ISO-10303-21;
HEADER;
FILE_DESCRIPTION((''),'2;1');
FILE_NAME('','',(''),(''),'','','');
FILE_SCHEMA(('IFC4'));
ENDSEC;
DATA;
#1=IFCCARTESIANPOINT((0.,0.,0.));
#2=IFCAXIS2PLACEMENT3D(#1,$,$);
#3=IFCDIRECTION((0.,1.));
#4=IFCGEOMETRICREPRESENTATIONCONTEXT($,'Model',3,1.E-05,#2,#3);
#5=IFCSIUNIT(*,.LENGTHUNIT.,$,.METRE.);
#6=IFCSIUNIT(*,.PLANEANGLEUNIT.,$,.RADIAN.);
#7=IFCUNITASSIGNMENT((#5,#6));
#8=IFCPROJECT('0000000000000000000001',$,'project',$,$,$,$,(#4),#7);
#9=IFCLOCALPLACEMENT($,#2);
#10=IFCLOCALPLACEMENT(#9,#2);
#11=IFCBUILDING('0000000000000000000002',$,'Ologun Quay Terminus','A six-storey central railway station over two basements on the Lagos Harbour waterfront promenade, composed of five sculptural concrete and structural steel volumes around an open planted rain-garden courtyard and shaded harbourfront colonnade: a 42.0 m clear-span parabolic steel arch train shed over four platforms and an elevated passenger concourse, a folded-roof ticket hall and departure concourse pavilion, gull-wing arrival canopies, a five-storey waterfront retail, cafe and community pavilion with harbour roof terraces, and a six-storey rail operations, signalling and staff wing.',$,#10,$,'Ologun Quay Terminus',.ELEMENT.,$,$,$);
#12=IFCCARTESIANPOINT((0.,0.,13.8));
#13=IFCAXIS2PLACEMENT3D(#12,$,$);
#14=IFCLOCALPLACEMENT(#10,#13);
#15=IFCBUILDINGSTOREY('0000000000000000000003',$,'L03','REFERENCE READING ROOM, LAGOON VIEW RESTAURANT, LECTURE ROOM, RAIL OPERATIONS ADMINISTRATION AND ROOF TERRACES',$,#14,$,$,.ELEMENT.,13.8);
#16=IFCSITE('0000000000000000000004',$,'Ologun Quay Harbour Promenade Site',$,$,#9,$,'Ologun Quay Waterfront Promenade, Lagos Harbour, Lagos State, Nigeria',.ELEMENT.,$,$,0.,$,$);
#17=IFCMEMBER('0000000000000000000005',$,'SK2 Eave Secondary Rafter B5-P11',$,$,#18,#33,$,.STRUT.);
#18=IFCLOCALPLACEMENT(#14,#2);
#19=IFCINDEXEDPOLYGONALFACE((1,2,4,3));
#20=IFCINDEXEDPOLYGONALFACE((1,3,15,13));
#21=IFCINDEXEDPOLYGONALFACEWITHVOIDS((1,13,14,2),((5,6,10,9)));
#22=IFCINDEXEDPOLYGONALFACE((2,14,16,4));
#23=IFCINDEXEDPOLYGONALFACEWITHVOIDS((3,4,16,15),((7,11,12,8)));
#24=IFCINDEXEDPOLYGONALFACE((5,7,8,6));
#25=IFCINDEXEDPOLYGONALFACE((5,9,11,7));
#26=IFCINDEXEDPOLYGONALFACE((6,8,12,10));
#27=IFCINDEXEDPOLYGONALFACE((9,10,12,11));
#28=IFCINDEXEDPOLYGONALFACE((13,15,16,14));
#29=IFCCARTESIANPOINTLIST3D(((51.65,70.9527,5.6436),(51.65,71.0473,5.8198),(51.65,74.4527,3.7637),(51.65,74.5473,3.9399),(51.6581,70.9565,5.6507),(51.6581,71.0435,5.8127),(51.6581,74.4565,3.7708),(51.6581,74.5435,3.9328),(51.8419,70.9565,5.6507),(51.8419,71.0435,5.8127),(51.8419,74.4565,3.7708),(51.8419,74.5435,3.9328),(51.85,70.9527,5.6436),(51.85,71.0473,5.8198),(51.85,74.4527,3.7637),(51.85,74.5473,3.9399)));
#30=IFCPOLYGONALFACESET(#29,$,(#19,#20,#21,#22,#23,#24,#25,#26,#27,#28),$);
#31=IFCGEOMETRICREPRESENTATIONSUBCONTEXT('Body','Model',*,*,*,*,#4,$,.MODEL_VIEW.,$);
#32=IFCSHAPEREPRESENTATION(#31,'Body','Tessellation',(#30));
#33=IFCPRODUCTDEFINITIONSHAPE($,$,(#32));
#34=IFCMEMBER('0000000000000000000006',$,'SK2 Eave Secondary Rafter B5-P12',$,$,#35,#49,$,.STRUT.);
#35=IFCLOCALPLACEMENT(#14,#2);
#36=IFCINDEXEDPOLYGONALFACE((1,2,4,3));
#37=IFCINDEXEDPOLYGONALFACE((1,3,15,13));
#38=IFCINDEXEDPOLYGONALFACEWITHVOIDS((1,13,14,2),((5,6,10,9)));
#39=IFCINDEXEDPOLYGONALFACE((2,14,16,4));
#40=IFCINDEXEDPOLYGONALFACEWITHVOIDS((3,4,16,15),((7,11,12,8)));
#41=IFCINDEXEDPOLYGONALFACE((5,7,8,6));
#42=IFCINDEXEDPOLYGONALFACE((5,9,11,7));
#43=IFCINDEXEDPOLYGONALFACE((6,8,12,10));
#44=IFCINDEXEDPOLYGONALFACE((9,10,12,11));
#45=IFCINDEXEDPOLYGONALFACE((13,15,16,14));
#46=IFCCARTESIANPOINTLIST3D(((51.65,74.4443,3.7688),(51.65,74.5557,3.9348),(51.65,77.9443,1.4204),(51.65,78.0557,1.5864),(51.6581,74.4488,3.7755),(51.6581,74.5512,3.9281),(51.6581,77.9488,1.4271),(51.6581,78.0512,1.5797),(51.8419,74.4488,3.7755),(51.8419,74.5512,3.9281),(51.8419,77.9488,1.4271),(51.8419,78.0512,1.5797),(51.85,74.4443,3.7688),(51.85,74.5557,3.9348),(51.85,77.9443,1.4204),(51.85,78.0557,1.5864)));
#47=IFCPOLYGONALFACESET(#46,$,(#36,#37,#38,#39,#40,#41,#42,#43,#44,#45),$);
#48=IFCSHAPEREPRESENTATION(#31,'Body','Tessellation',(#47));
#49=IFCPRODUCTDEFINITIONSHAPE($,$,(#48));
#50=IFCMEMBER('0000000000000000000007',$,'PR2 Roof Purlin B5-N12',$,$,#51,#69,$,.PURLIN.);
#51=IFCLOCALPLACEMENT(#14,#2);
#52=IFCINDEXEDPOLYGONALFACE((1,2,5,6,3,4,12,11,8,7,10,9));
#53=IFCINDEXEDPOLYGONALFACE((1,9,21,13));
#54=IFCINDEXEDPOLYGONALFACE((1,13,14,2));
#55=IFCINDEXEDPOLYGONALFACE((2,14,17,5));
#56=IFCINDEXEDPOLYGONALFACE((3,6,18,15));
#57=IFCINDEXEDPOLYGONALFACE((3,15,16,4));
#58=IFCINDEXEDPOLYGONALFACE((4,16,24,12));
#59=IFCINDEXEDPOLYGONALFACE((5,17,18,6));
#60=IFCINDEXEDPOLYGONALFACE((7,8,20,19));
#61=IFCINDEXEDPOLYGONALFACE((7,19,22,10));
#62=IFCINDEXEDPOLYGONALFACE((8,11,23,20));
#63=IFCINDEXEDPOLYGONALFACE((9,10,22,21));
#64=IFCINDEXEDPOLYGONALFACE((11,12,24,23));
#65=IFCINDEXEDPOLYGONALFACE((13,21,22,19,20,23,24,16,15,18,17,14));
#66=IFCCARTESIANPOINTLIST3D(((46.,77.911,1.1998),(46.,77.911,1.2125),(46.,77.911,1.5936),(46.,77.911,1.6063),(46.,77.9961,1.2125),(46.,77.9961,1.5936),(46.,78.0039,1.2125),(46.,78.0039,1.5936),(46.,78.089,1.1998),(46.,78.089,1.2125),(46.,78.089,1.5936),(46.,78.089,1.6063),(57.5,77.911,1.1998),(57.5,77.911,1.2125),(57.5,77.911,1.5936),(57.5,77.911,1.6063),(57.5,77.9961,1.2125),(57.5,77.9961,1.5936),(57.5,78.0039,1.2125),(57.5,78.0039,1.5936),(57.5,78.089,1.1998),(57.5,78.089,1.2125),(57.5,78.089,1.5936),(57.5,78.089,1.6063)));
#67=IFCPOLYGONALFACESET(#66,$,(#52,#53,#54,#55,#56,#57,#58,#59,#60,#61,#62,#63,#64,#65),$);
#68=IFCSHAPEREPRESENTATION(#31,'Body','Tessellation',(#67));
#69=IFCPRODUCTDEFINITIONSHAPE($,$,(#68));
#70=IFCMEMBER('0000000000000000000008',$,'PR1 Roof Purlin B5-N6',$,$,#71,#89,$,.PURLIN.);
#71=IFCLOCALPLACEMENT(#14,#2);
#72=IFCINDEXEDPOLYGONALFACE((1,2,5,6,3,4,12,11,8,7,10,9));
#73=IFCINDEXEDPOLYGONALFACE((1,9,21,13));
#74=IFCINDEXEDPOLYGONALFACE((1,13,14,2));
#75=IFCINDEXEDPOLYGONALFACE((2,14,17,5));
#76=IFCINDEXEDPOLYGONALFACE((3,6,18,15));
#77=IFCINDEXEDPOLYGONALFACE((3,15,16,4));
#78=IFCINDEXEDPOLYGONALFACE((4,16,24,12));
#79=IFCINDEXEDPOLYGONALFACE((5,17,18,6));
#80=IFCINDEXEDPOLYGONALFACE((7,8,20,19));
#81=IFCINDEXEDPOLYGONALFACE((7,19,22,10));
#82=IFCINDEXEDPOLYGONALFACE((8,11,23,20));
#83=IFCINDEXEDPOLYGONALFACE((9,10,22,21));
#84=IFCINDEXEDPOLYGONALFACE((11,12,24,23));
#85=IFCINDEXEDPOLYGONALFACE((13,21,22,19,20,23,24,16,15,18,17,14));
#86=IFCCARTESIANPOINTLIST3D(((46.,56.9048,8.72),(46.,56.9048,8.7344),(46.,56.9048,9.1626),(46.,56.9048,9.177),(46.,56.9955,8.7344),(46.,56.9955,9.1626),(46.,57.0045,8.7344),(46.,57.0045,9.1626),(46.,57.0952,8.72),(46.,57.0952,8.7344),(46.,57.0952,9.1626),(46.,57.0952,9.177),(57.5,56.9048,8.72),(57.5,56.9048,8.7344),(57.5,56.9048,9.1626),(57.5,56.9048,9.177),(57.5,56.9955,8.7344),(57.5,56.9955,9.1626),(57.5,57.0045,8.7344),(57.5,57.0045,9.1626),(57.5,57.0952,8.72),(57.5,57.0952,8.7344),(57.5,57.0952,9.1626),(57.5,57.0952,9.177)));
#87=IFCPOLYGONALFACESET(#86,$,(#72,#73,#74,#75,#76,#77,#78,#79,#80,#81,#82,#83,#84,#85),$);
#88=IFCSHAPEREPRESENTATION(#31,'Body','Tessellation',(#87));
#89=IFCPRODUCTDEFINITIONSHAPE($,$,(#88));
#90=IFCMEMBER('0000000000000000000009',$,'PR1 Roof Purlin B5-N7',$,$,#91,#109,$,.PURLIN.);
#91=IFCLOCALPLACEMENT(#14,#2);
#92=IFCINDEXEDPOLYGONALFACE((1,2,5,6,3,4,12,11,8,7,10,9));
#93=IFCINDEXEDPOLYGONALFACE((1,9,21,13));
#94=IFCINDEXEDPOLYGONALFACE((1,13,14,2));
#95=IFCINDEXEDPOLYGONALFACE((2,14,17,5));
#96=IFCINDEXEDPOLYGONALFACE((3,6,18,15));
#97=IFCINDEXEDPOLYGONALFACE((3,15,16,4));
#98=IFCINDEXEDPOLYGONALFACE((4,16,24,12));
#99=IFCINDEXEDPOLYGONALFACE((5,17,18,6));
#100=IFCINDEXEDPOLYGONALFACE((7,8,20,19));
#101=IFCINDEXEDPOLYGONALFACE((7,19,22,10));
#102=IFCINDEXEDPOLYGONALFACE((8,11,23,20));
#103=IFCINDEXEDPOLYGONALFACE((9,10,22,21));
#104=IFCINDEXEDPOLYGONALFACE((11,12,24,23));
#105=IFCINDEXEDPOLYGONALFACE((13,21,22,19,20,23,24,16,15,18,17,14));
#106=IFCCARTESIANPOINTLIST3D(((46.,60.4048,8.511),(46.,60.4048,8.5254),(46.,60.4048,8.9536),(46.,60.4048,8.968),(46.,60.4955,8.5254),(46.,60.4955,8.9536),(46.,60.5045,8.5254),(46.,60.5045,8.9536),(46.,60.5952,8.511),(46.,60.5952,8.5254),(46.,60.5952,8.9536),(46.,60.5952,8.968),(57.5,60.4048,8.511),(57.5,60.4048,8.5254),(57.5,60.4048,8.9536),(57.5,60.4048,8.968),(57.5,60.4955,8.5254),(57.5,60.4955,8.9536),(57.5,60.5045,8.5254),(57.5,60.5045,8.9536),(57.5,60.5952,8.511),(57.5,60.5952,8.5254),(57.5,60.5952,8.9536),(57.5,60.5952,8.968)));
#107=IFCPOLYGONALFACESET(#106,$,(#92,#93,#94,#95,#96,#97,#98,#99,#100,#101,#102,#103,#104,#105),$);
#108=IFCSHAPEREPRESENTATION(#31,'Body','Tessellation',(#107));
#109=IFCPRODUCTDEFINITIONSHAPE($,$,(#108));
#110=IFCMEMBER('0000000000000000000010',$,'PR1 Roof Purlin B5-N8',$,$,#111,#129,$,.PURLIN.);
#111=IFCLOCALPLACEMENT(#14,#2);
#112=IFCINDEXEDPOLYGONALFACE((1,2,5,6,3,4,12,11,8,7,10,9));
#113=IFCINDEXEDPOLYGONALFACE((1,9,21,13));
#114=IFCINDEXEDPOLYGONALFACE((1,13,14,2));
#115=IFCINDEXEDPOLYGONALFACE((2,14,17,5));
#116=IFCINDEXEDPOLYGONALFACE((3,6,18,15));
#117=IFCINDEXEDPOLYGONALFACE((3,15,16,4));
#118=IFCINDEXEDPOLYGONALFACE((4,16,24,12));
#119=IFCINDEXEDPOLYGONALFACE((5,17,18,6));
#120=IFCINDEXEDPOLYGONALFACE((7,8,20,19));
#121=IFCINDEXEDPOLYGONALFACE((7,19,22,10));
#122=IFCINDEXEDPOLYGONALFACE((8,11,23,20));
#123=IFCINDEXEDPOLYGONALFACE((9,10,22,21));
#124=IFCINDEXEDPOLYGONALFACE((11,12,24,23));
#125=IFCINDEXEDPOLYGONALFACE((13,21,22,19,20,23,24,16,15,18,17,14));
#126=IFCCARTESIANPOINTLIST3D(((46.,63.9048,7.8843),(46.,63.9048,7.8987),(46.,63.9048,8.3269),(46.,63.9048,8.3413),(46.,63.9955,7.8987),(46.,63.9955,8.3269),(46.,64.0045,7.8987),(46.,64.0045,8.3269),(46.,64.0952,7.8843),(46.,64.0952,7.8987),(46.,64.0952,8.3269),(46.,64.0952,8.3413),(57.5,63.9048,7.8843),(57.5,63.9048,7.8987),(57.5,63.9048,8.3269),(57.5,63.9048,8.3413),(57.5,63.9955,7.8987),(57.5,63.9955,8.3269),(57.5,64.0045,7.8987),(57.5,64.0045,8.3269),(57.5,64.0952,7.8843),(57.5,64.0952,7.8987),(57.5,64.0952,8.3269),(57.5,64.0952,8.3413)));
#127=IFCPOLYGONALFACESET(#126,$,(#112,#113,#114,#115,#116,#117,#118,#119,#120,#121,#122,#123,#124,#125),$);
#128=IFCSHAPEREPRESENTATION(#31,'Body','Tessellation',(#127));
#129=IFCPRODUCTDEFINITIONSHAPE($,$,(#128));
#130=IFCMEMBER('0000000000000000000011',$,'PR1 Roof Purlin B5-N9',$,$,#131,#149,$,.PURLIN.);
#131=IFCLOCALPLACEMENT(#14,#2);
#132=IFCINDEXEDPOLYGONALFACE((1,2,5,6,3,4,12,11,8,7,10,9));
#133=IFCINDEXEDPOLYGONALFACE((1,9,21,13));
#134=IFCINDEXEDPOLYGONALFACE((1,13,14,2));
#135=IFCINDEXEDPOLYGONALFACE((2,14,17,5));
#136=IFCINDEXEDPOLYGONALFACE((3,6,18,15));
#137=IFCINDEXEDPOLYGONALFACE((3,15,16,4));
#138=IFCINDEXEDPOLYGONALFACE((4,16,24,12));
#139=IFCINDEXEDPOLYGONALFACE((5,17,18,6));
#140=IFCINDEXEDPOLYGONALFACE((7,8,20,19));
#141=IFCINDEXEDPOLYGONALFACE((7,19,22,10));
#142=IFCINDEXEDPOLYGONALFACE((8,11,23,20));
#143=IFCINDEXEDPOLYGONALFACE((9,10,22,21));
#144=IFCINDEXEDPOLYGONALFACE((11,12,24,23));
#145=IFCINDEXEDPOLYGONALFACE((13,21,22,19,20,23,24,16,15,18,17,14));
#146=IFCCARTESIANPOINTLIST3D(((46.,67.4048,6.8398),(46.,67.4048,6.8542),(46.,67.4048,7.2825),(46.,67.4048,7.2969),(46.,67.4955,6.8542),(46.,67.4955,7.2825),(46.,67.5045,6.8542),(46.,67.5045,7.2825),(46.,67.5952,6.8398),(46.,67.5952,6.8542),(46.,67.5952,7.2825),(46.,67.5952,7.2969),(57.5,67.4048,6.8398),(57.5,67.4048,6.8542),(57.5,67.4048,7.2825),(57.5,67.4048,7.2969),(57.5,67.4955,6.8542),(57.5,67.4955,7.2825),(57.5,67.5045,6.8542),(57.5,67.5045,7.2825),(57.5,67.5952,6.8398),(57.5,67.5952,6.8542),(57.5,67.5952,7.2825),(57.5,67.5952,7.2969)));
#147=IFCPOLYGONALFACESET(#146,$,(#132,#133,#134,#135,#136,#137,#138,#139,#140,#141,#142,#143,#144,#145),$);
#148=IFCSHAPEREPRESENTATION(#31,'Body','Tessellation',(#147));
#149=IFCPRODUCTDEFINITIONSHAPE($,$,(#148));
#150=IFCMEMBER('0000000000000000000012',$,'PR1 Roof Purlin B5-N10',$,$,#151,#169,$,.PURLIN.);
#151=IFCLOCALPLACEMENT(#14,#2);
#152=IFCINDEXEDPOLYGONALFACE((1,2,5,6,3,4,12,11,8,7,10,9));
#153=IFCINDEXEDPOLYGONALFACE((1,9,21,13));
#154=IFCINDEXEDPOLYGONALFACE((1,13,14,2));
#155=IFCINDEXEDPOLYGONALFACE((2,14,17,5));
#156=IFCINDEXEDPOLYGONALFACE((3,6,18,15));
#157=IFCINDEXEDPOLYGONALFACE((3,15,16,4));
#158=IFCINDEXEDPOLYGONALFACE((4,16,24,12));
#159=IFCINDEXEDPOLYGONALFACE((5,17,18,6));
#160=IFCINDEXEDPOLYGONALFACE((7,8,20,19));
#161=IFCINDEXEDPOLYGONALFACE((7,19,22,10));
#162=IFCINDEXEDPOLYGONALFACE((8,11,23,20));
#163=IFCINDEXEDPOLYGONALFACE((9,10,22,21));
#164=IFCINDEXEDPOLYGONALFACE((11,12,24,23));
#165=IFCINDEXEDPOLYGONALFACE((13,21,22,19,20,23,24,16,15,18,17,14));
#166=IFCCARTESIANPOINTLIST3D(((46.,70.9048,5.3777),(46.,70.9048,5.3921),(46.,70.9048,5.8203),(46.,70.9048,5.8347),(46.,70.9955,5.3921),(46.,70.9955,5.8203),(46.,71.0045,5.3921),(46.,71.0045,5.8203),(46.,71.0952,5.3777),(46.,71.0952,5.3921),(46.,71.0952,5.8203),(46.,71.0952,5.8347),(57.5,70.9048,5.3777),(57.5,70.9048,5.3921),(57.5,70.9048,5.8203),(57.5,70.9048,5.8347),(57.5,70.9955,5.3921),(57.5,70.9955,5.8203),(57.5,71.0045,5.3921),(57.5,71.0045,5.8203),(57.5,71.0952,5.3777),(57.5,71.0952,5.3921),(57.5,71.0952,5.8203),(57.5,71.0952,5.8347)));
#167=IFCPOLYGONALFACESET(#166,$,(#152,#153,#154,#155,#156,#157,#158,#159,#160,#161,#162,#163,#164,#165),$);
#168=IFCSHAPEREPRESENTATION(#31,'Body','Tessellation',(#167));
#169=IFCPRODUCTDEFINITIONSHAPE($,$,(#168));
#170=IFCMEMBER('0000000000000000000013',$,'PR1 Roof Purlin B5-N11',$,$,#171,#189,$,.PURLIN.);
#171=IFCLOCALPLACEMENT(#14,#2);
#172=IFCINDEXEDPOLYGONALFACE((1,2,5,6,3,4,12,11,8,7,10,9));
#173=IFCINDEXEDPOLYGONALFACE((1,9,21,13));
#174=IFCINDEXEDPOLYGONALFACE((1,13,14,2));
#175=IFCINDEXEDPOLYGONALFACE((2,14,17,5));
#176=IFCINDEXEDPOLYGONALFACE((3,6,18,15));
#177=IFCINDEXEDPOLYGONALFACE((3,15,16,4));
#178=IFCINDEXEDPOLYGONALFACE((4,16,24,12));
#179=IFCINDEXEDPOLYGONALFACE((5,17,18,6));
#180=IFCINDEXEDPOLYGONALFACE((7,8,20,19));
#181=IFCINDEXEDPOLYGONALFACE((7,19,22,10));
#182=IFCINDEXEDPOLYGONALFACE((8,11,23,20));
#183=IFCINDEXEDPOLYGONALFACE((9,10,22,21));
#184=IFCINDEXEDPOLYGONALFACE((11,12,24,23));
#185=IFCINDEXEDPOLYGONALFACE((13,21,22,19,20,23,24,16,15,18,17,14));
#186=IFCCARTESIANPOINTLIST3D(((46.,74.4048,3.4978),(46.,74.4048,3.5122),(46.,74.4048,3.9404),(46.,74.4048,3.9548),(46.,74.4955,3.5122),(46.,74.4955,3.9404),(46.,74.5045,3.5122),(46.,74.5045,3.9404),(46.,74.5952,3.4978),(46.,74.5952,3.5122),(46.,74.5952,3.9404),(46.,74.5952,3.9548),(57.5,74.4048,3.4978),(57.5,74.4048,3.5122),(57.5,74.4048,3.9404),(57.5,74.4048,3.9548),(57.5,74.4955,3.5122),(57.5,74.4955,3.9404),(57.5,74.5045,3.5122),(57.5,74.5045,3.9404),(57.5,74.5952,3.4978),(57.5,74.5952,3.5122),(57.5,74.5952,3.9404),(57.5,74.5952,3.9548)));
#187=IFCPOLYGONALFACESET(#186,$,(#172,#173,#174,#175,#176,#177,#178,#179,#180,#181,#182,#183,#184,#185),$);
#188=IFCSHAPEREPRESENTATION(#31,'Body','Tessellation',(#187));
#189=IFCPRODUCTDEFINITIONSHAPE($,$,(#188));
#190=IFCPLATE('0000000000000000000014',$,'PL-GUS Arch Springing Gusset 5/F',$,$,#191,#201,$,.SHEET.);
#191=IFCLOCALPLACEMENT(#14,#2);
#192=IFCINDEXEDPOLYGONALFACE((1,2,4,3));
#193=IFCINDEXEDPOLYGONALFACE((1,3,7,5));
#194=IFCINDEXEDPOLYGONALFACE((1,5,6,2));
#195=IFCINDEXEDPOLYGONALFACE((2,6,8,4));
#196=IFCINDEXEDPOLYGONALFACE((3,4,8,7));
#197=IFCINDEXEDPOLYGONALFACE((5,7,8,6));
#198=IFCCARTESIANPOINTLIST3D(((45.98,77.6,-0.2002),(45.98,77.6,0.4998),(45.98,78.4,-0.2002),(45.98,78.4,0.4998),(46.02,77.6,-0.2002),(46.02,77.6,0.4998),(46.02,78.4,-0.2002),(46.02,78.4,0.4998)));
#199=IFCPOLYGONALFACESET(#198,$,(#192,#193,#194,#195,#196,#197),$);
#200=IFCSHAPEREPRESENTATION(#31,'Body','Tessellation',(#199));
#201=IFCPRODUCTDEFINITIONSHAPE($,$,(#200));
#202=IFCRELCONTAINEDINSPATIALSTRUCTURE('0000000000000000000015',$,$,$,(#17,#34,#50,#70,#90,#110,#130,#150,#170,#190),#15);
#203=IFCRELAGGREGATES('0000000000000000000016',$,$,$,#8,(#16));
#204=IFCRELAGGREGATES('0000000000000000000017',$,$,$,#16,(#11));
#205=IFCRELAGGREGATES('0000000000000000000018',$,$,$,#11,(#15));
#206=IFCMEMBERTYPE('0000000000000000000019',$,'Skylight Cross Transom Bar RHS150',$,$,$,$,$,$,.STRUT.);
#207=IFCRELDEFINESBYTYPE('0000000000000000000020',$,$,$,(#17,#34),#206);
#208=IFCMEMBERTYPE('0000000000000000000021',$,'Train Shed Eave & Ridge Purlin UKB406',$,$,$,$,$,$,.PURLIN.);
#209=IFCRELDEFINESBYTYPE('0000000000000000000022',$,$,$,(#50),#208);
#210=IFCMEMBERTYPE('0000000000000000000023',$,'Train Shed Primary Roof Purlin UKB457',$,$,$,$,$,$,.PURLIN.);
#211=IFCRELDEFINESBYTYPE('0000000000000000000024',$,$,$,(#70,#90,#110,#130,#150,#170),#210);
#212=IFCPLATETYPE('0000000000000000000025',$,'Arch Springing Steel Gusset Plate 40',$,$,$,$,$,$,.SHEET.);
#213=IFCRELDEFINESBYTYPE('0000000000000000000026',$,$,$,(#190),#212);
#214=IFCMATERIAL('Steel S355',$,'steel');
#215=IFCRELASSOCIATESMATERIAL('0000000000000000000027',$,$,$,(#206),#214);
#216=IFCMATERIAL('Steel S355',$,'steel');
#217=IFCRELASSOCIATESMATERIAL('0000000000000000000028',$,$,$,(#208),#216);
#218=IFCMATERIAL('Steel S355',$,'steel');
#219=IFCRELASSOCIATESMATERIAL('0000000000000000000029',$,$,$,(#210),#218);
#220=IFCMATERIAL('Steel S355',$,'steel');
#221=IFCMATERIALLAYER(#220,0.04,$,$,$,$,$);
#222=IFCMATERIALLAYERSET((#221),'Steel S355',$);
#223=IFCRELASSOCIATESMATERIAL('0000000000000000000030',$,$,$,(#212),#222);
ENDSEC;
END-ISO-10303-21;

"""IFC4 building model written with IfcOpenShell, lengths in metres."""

from ifc_helpers import new_model, si_unit, direction, frame, origin, origin_2d, place, context, subcontext, project, spatial, rectangle, hollow_rectangle, i_section, extrude, material, layer, layer_set, material_profile, profile_set, type_object, element, save


model = new_model("IFC4")

# Units and contexts
model_context = context("Model", 3, precision=1e-05, world=origin(), true_north=direction((0.0, 1.0)))
body_context = subcontext(model_context, "Body", "Model", "MODEL_VIEW")
ifc_project = project(units=[si_unit("LENGTHUNIT", "METRE"), si_unit("PLANEANGLEUNIT", "RADIAN")], contexts=[model_context])

# Site, building, storey
site_placement = place(None, origin())
site = spatial("IfcSite", under=ifc_project, at=site_placement, Name="Ologun Quay Harbour Promenade Site", LongName="Ologun Quay Waterfront Promenade, Lagos Harbour, Lagos State, Nigeria", CompositionType="ELEMENT", RefElevation=0.0)
building_placement = place(site_placement, origin())
building = spatial("IfcBuilding", under=site, at=building_placement, Name="Ologun Quay Terminus", Description="A six-storey central railway station over two basements on the Lagos Harbour waterfront promenade, composed of five sculptural concrete and structural steel volumes around an open planted rain-garden courtyard and shaded harbourfront colonnade: a 42.0 m clear-span parabolic steel arch train shed over four platforms and an elevated passenger concourse, a folded-roof ticket hall and departure concourse pavilion, gull-wing arrival canopies, a five-storey waterfront retail, cafe and community pavilion with harbour roof terraces, and a six-storey rail operations, signalling and staff wing.", LongName="Ologun Quay Terminus", CompositionType="ELEMENT")
storey_placement = place(building_placement, frame((0.0, 0.0, 13.8)))
storey = spatial("IfcBuildingStorey", under=building, at=storey_placement, Name="L03", Description="REFERENCE READING ROOM, LAGOON VIEW RESTAURANT, LECTURE ROOM, RAIL OPERATIONS ADMINISTRATION AND ROOF TERRACES", CompositionType="ELEMENT", Elevation=13.8)

# Members
ifc_material_1 = material(Name="Steel S355", Category="steel")
ifc_material_profile_1 = material_profile(ifc_material_1, hollow_rectangle(XDim=0.2, YDim=0.2, WallThickness=0.0081, at=origin_2d()), Name="SHS 200x200x8")
ifc_profile_set_1 = profile_set([ifc_material_profile_1], Name="Steel S355")
member_type_1 = type_object("IfcMemberType", Name="Skylight Cross Transom Bar RHS150", PredefinedType="STRUT", material=ifc_profile_set_1)
member_1_placement = place(storey_placement, frame((51.75, 71.0, 5.7317), z_axis=(0.0, 0.880968, -0.473176), x_axis=(-1.0, 0.0, 0.0)))
element("IfcMember", 1, at=member_1_placement, inside=storey, type_object=member_type_1, Name="SK2 Eave Secondary Rafter B5-P11", PredefinedType="STRUT", context=body_context, shape_type="SweptSolid", body=[
    extrude(hollow_rectangle(XDim=0.2, YDim=0.2, WallThickness=0.0081, at=origin_2d()), origin(), (0.0, 0.0, 1.0), 3.9729),
])
member_2_placement = place(storey_placement, frame((51.75, 74.5, 3.8518), z_axis=(0.0, 0.830398, -0.557171), x_axis=(-1.0, 0.0, 0.0)))
element("IfcMember", 2, at=member_2_placement, inside=storey, type_object=member_type_1, Name="SK2 Eave Secondary Rafter B5-P12", PredefinedType="STRUT", context=body_context, shape_type="SweptSolid", body=[
    extrude(hollow_rectangle(XDim=0.2, YDim=0.2, WallThickness=0.0081, at=origin_2d()), origin(), (0.0, 0.0, 1.0), 4.2148),
])
ifc_material_2 = material(Name="Steel S355", Category="steel")
ifc_material_profile_2 = material_profile(ifc_material_2, i_section(OverallWidth=0.178, OverallDepth=0.4065, WebThickness=0.0078, FlangeThickness=0.0127, at=origin_2d()), Name="UKB 406x178x60")
ifc_profile_set_2 = profile_set([ifc_material_profile_2], Name="Steel S355")
member_type_2 = type_object("IfcMemberType", Name="Train Shed Eave & Ridge Purlin UKB406", PredefinedType="PURLIN", material=ifc_profile_set_2)
member_3_placement = place(storey_placement, frame((46.0, 78.0, 1.4031), z_axis=(1.0, 0.0, 0.0), x_axis=(0.0, 1.0, 0.0)))
element("IfcMember", 3, at=member_3_placement, inside=storey, type_object=member_type_2, Name="PR2 Roof Purlin B5-N12", PredefinedType="PURLIN", context=body_context, shape_type="SweptSolid", body=[
    extrude(i_section(OverallWidth=0.178, OverallDepth=0.4065, WebThickness=0.0078, FlangeThickness=0.0127, at=origin_2d()), origin(), (0.0, 0.0, 1.0), 11.5),
])
ifc_material_3 = material(Name="Steel S355", Category="steel")
ifc_material_profile_3 = material_profile(ifc_material_3, i_section(OverallWidth=0.1904, OverallDepth=0.457, WebThickness=0.009, FlangeThickness=0.0144, at=origin_2d()), Name="UKB 457x191x74")
ifc_profile_set_3 = profile_set([ifc_material_profile_3], Name="Steel S355")
member_type_3 = type_object("IfcMemberType", Name="Train Shed Primary Roof Purlin UKB457", PredefinedType="PURLIN", material=ifc_profile_set_3)
for number, where, z_axis, x_axis, name in (
    (4, (46.0, 57.0, 8.9485), (1.0, 0.0, 0.0), (0.0, 1.0, 0.0), "PR1 Roof Purlin B5-N6"),
    (5, (46.0, 60.5, 8.7395), (1.0, 0.0, 0.0), (0.0, 1.0, 0.0), "PR1 Roof Purlin B5-N7"),
    (6, (46.0, 64.0, 8.1128), (1.0, 0.0, 0.0), (0.0, 1.0, 0.0), "PR1 Roof Purlin B5-N8"),
    (7, (46.0, 67.5, 7.0684), (1.0, 0.0, 0.0), (0.0, 1.0, 0.0), "PR1 Roof Purlin B5-N9"),
    (8, (46.0, 71.0, 5.6062), (1.0, 0.0, 0.0), (0.0, 1.0, 0.0), "PR1 Roof Purlin B5-N10"),
    (9, (46.0, 74.5, 3.7263), (1.0, 0.0, 0.0), (0.0, 1.0, 0.0), "PR1 Roof Purlin B5-N11"),
):
    element("IfcMember", number, at=place(storey_placement, frame(where, z_axis=z_axis, x_axis=x_axis)), inside=storey, type_object=member_type_3, Name=name, PredefinedType="PURLIN", context=body_context, shape_type="SweptSolid", body=[
        extrude(i_section(OverallWidth=0.1904, OverallDepth=0.457, WebThickness=0.009, FlangeThickness=0.0144, at=origin_2d()), origin(), (0.0, 0.0, 1.0), 11.5),
    ])

# Plate
ifc_material_4 = material(Name="Steel S355", Category="steel")
ifc_layer_1 = layer(ifc_material_4, 0.04)
ifc_layer_set_1 = layer_set([ifc_layer_1], Name="Steel S355")
plate_type = type_object("IfcPlateType", Name="Arch Springing Steel Gusset Plate 40", PredefinedType="SHEET", material=ifc_layer_set_1)
plate_placement = place(storey_placement, frame((46.0, 78.0, -0.2002), z_axis=(0.0, 0.0, 1.0), x_axis=(0.0, 1.0, 0.0)))
element("IfcPlate", 10, at=plate_placement, inside=storey, type_object=plate_type, Name="PL-GUS Arch Springing Gusset 5/F", PredefinedType="SHEET", context=body_context, shape_type="SweptSolid", body=[
    extrude(rectangle(XDim=0.8, YDim=0.04, at=origin_2d()), origin(), (0.0, 0.0, 1.0), 0.7),
])

save(model, "model.ifc")
